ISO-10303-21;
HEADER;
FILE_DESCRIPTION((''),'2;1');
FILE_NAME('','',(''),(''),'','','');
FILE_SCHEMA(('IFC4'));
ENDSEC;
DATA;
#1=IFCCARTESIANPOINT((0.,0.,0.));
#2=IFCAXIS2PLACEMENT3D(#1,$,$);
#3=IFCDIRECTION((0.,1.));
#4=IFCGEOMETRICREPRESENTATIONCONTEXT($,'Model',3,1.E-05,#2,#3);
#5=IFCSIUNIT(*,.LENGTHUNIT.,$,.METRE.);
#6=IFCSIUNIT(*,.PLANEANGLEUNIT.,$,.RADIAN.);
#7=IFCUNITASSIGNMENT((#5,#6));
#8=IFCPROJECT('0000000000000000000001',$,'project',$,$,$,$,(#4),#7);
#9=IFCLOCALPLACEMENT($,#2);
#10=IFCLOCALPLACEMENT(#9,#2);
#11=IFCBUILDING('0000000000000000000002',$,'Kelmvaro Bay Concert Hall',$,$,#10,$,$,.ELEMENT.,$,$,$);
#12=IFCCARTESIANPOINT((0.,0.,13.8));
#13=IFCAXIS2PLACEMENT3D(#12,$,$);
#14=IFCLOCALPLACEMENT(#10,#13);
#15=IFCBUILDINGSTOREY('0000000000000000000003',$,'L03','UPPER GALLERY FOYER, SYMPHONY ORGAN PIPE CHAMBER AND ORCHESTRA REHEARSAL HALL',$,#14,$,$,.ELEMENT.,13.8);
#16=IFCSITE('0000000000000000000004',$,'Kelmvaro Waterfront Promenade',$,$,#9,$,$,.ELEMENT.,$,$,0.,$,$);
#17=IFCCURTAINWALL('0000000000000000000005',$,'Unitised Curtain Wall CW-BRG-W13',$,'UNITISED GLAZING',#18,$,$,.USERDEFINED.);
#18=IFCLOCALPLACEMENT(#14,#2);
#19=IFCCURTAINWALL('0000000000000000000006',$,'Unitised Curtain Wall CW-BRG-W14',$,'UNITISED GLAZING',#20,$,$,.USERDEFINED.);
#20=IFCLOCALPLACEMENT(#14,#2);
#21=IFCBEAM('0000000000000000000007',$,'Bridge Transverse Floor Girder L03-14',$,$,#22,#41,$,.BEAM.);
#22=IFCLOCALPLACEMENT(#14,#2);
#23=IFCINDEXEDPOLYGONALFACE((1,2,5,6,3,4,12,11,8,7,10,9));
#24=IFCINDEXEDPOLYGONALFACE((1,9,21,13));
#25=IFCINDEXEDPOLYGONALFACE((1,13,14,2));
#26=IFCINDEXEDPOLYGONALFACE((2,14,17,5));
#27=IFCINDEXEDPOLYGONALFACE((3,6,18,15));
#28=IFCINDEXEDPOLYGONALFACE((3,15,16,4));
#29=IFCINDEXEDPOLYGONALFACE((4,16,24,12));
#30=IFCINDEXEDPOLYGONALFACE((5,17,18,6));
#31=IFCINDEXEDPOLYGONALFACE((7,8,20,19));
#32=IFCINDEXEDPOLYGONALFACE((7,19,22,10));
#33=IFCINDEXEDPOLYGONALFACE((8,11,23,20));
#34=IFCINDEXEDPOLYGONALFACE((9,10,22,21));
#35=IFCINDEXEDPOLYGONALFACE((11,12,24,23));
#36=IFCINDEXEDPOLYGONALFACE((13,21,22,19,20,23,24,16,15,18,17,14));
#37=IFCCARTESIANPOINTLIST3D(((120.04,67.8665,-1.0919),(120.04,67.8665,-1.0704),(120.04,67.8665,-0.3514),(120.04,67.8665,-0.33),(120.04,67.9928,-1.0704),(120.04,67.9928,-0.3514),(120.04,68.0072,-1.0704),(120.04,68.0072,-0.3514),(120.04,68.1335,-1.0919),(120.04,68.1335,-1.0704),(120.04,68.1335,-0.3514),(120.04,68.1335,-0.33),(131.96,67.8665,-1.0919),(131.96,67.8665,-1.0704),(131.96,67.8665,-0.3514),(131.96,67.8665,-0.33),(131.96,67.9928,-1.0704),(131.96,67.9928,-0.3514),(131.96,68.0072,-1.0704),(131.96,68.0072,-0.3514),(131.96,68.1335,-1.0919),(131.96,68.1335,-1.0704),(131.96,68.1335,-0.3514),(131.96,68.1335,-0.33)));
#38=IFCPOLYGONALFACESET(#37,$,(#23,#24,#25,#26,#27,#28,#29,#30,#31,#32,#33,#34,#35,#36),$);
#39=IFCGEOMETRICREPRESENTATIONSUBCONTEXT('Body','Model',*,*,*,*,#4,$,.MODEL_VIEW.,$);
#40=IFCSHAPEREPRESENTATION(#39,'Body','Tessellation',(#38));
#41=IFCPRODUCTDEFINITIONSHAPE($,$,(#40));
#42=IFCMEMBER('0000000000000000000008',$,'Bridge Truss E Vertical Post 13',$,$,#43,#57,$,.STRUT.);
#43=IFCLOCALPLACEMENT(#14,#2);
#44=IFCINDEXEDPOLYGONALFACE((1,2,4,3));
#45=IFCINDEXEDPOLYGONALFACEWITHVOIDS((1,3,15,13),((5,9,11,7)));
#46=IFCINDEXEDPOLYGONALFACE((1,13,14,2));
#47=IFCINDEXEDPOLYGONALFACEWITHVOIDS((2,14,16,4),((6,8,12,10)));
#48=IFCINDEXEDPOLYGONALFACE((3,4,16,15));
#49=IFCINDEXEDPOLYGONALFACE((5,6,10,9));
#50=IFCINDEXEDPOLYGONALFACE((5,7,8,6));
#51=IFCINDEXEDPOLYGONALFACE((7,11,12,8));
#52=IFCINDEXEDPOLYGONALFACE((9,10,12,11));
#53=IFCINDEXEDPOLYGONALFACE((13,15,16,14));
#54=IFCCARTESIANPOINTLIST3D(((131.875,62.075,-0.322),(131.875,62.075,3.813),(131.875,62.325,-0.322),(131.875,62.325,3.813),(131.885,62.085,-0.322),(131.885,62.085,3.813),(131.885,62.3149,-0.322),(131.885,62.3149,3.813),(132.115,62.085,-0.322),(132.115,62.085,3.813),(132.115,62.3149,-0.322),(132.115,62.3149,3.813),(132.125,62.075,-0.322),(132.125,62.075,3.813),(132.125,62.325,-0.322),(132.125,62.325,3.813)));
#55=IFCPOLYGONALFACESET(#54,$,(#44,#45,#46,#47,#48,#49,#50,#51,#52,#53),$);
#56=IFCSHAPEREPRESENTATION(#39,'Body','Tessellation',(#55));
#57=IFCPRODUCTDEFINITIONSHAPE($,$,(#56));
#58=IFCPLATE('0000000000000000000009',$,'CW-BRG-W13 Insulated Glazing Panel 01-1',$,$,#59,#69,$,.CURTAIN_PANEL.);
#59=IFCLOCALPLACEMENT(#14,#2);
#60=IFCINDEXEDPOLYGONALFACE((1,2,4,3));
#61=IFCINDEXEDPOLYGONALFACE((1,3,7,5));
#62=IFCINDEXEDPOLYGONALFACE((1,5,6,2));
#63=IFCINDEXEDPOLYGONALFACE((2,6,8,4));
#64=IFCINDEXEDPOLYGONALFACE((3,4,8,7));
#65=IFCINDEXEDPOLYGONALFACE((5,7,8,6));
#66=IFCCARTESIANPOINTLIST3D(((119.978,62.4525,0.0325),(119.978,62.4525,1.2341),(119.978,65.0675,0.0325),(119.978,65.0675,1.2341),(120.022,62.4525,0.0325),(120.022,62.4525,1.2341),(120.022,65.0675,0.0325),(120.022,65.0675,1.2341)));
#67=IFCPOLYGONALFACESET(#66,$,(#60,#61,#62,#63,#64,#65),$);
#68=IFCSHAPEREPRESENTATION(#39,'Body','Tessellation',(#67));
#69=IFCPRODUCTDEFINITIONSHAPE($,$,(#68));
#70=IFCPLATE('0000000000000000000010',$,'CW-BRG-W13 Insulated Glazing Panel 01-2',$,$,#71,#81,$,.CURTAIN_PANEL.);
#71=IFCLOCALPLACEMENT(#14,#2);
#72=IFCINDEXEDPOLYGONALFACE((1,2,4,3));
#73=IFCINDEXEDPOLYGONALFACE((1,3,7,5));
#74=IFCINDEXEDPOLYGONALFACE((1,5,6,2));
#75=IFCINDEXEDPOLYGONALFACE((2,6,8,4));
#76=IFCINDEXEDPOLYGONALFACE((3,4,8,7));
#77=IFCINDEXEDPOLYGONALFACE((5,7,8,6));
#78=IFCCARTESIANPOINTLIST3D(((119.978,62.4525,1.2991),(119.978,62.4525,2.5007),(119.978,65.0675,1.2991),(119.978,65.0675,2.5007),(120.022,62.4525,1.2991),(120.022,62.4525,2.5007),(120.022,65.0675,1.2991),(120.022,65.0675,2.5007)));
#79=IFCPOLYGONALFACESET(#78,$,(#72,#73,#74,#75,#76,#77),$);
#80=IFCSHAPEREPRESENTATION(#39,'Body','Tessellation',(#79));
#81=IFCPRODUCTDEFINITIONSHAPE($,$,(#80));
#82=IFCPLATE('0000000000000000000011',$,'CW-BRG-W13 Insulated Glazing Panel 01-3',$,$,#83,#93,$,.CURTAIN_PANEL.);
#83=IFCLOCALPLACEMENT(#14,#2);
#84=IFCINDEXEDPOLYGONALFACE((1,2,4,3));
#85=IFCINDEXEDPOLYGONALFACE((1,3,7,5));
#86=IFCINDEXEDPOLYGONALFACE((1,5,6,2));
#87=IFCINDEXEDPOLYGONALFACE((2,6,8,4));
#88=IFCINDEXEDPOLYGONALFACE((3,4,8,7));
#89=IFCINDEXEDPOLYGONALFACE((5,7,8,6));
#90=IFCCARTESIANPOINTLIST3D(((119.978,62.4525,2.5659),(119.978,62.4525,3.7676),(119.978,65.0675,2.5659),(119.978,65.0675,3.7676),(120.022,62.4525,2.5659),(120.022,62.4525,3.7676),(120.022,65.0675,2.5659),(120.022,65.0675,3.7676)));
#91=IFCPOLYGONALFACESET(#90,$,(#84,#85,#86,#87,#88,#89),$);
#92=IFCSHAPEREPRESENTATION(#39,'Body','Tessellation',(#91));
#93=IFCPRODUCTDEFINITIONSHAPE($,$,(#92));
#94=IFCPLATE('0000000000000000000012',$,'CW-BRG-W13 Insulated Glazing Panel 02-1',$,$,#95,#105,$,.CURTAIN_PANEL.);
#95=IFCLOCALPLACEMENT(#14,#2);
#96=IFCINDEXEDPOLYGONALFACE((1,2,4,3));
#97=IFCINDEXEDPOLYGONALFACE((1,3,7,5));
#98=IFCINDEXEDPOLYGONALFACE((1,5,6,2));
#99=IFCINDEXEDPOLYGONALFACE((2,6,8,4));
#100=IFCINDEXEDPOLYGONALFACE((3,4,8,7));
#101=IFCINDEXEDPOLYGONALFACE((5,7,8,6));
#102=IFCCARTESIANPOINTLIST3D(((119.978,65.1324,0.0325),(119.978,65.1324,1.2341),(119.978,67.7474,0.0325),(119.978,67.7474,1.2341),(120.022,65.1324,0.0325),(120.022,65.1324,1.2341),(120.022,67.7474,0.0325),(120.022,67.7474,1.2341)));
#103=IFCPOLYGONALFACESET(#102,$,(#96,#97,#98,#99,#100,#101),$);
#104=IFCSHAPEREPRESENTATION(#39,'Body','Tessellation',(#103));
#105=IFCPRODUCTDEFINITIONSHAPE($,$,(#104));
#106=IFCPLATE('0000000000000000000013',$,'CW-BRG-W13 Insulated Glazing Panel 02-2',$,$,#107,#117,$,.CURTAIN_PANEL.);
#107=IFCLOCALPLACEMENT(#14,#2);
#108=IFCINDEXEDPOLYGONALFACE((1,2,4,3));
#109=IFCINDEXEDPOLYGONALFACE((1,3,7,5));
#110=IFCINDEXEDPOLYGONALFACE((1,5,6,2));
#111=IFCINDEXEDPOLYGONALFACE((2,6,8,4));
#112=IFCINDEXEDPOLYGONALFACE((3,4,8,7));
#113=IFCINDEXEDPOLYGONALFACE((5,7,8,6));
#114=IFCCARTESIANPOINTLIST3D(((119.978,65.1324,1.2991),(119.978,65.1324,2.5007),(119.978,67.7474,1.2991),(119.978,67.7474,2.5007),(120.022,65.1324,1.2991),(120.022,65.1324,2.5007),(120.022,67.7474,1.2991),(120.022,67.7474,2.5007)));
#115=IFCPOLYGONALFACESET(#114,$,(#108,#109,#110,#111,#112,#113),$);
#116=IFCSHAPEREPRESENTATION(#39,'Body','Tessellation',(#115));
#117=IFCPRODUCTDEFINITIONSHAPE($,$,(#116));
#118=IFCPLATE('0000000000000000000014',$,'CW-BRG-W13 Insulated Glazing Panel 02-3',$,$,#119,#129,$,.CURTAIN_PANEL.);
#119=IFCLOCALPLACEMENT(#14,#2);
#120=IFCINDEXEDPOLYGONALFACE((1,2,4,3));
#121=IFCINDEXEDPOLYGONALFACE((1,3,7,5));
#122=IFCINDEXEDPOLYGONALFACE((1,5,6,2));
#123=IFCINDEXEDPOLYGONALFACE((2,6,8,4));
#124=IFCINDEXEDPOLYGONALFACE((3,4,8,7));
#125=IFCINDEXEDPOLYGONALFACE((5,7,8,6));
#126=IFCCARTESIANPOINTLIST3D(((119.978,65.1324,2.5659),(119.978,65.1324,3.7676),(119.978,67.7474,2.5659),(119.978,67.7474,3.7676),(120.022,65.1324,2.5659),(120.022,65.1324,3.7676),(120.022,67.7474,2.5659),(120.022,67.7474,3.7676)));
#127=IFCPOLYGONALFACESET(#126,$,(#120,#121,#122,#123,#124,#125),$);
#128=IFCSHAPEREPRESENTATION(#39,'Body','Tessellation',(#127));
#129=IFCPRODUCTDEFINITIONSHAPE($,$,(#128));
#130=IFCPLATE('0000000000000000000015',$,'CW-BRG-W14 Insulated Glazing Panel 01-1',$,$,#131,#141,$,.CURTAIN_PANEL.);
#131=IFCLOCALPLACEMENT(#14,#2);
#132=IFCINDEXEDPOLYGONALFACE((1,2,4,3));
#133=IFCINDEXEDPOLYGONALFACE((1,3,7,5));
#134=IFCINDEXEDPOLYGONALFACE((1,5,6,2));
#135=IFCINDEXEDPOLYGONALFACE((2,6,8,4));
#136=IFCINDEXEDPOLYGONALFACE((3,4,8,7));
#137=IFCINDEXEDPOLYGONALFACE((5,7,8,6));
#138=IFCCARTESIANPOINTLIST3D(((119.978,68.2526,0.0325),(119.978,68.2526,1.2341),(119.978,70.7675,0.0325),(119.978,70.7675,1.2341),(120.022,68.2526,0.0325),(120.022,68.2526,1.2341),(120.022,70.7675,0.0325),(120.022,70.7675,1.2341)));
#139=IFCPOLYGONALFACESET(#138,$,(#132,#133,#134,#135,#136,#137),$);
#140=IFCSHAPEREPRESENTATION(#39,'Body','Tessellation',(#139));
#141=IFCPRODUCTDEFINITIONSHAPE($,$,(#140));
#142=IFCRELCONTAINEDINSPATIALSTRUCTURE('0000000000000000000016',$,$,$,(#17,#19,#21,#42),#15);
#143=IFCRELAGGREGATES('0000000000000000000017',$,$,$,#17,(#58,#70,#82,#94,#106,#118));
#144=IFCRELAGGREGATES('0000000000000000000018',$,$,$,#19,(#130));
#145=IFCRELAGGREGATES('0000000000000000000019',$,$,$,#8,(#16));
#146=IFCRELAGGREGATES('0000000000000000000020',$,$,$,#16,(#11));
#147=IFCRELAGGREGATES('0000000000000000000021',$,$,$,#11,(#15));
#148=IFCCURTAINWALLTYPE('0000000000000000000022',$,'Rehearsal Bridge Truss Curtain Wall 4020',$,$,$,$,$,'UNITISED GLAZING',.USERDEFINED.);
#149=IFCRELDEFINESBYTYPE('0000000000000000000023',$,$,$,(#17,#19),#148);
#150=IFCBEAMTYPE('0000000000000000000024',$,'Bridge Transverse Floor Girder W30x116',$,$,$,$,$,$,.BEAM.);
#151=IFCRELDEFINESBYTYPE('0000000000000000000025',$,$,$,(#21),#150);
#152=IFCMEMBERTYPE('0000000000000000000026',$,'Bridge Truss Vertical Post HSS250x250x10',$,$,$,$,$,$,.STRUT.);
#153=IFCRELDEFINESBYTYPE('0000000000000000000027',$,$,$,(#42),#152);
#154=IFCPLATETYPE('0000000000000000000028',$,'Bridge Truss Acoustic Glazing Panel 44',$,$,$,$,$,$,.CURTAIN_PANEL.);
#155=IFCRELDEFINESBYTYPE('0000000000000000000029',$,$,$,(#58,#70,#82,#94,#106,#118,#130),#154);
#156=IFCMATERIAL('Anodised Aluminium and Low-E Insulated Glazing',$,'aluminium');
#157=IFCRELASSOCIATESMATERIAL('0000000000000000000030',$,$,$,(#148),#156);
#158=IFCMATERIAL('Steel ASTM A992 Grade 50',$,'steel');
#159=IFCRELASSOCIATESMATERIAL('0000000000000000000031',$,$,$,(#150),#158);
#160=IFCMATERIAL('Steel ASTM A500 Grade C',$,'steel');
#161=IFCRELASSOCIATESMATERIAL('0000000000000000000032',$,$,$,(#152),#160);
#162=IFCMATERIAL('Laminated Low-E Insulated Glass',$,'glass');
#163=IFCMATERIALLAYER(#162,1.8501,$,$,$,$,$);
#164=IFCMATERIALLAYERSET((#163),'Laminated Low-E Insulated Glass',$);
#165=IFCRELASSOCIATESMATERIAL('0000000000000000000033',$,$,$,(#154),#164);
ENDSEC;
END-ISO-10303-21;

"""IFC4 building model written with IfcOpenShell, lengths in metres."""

from ifc_helpers import new_model, si_unit, direction, frame, origin, origin_2d, place, context, subcontext, project, spatial, rectangle, hollow_rectangle, i_section, extrude, material, layer, layer_set, material_profile, profile_set, type_object, element, aggregate, save


model = new_model("IFC4")

# Units and contexts
model_context = context("Model", 3, precision=1e-05, world=origin(), true_north=direction((0.0, 1.0)))
body_context = subcontext(model_context, "Body", "Model", "MODEL_VIEW")
ifc_project = project(units=[si_unit("LENGTHUNIT", "METRE"), si_unit("PLANEANGLEUNIT", "RADIAN")], contexts=[model_context])

# Site, building, storey
site_placement = place(None, origin())
site = spatial("IfcSite", under=ifc_project, at=site_placement, Name="Kelmvaro Waterfront Promenade", CompositionType="ELEMENT", RefElevation=0.0)
building_placement = place(site_placement, origin())
building = spatial("IfcBuilding", under=site, at=building_placement, Name="Kelmvaro Bay Concert Hall", CompositionType="ELEMENT")
storey_placement = place(building_placement, frame((0.0, 0.0, 13.8)))
storey = spatial("IfcBuildingStorey", under=building, at=storey_placement, Name="L03", Description="UPPER GALLERY FOYER, SYMPHONY ORGAN PIPE CHAMBER AND ORCHESTRA REHEARSAL HALL", CompositionType="ELEMENT", Elevation=13.8)

# Curtain wall
ifc_material_1 = material(Name="Anodised Aluminium and Low-E Insulated Glazing", Category="aluminium")
curtain_wall_type = type_object("IfcCurtainWallType", Name="Rehearsal Bridge Truss Curtain Wall 4020", ElementType="UNITISED GLAZING", PredefinedType="USERDEFINED", material=ifc_material_1)
curtain_wall_1_placement = place(storey_placement, origin())
curtain_wall_1 = element("IfcCurtainWall", 1, at=curtain_wall_1_placement, inside=storey, type_object=curtain_wall_type, Name="Unitised Curtain Wall CW-BRG-W13", ObjectType="UNITISED GLAZING", PredefinedType="USERDEFINED")

# Curtain wall
curtain_wall_2_placement = place(storey_placement, origin())
curtain_wall_2 = element("IfcCurtainWall", 2, at=curtain_wall_2_placement, inside=storey, type_object=curtain_wall_type, Name="Unitised Curtain Wall CW-BRG-W14", ObjectType="UNITISED GLAZING", PredefinedType="USERDEFINED")

# Beam
ifc_material_2 = material(Name="Steel ASTM A992 Grade 50", Category="steel")
ifc_material_profile_1 = material_profile(ifc_material_2, i_section(OverallWidth=0.2671, OverallDepth=0.762, WebThickness=0.0144, FlangeThickness=0.0215, at=origin_2d()), Name="W30X116")
ifc_profile_set_1 = profile_set([ifc_material_profile_1], Name="Steel ASTM A992 Grade 50")
beam_type_1 = type_object("IfcBeamType", Name="Bridge Transverse Floor Girder W30x116", PredefinedType="BEAM", material=ifc_profile_set_1)
beam_placement = place(storey_placement, frame((120.04, 68.0, -0.7109), z_axis=(1.0, 0.0, 0.0), x_axis=(0.0, 1.0, 0.0)))
element("IfcBeam", 3, at=beam_placement, inside=storey, type_object=beam_type_1, Name="Bridge Transverse Floor Girder L03-14", PredefinedType="BEAM", context=body_context, shape_type="SweptSolid", body=[
    extrude(i_section(OverallWidth=0.2671, OverallDepth=0.762, WebThickness=0.0144, FlangeThickness=0.0215, at=origin_2d()), origin(), (0.0, 0.0, 1.0), 11.9199),
])

# Member
ifc_material_3 = material(Name="Steel ASTM A500 Grade C", Category="steel")
ifc_material_profile_2 = material_profile(ifc_material_3, hollow_rectangle(XDim=0.25, YDim=0.25, WallThickness=0.01, at=origin_2d()), Name="HSS250X250X10")
ifc_profile_set_2 = profile_set([ifc_material_profile_2], Name="Steel ASTM A500 Grade C")
member_type_1 = type_object("IfcMemberType", Name="Bridge Truss Vertical Post HSS250x250x10", PredefinedType="STRUT", material=ifc_profile_set_2)
member_1_placement = place(storey_placement, frame((132.0, 62.2, -0.322), z_axis=(0.0, 0.0, 1.0), x_axis=(1.0, 0.0, 0.0)))
element("IfcMember", 4, at=member_1_placement, inside=storey, type_object=member_type_1, Name="Bridge Truss E Vertical Post 13", PredefinedType="STRUT", context=body_context, shape_type="SweptSolid", body=[
    extrude(hollow_rectangle(XDim=0.25, YDim=0.25, WallThickness=0.01, at=origin_2d()), origin(), (0.0, 0.0, 1.0), 4.135),
])

# Plates
ifc_material_4 = material(Name="Laminated Low-E Insulated Glass", Category="glass")
ifc_layer = layer(ifc_material_4, 1.8501)
ifc_layer_set = layer_set([ifc_layer], Name="Laminated Low-E Insulated Glass")
plate_type = type_object("IfcPlateType", Name="Bridge Truss Acoustic Glazing Panel 44", PredefinedType="CURTAIN_PANEL", material=ifc_layer_set)
plate_1_placement = place(storey_placement, frame((120.0, 63.76, 0.0325), z_axis=(0.0, 0.0, 1.0), x_axis=(0.0, 1.0, 0.0)))
plate_1 = element("IfcPlate", 5, at=plate_1_placement, type_object=plate_type, Name="CW-BRG-W13 Insulated Glazing Panel 01-1", PredefinedType="CURTAIN_PANEL", context=body_context, shape_type="SweptSolid", body=[
    extrude(rectangle(XDim=2.615, YDim=0.0439, at=origin_2d()), origin(), (0.0, 0.0, 1.0), 1.2017),
])
plate_2_placement = place(storey_placement, frame((120.0, 63.76, 1.2991), z_axis=(0.0, 0.0, 1.0), x_axis=(0.0, 1.0, 0.0)))
plate_2 = element("IfcPlate", 6, at=plate_2_placement, type_object=plate_type, Name="CW-BRG-W13 Insulated Glazing Panel 01-2", PredefinedType="CURTAIN_PANEL", context=body_context, shape_type="SweptSolid", body=[
    extrude(rectangle(XDim=2.615, YDim=0.0439, at=origin_2d()), origin(), (0.0, 0.0, 1.0), 1.2017),
])
plate_3_placement = place(storey_placement, frame((120.0, 63.76, 2.5659), z_axis=(0.0, 0.0, 1.0), x_axis=(0.0, 1.0, 0.0)))
plate_3 = element("IfcPlate", 7, at=plate_3_placement, type_object=plate_type, Name="CW-BRG-W13 Insulated Glazing Panel 01-3", PredefinedType="CURTAIN_PANEL", context=body_context, shape_type="SweptSolid", body=[
    extrude(rectangle(XDim=2.615, YDim=0.0439, at=origin_2d()), origin(), (0.0, 0.0, 1.0), 1.2017),
])
plate_4_placement = place(storey_placement, frame((120.0, 66.4399, 0.0325), z_axis=(0.0, 0.0, 1.0), x_axis=(0.0, 1.0, 0.0)))
plate_4 = element("IfcPlate", 8, at=plate_4_placement, type_object=plate_type, Name="CW-BRG-W13 Insulated Glazing Panel 02-1", PredefinedType="CURTAIN_PANEL", context=body_context, shape_type="SweptSolid", body=[
    extrude(rectangle(XDim=2.615, YDim=0.0439, at=origin_2d()), origin(), (0.0, 0.0, 1.0), 1.2017),
])
plate_5_placement = place(storey_placement, frame((120.0, 66.4399, 1.2991), z_axis=(0.0, 0.0, 1.0), x_axis=(0.0, 1.0, 0.0)))
plate_5 = element("IfcPlate", 9, at=plate_5_placement, type_object=plate_type, Name="CW-BRG-W13 Insulated Glazing Panel 02-2", PredefinedType="CURTAIN_PANEL", context=body_context, shape_type="SweptSolid", body=[
    extrude(rectangle(XDim=2.615, YDim=0.0439, at=origin_2d()), origin(), (0.0, 0.0, 1.0), 1.2017),
])
plate_6_placement = place(storey_placement, frame((120.0, 66.4399, 2.5659), z_axis=(0.0, 0.0, 1.0), x_axis=(0.0, 1.0, 0.0)))
plate_6 = element("IfcPlate", 10, at=plate_6_placement, type_object=plate_type, Name="CW-BRG-W13 Insulated Glazing Panel 02-3", PredefinedType="CURTAIN_PANEL", context=body_context, shape_type="SweptSolid", body=[
    extrude(rectangle(XDim=2.615, YDim=0.0439, at=origin_2d()), origin(), (0.0, 0.0, 1.0), 1.2017),
])
aggregate(curtain_wall_1, [plate_1, plate_2, plate_3, plate_4, plate_5, plate_6])
plate_7_placement = place(storey_placement, frame((120.0, 69.51, 0.0325), z_axis=(0.0, 0.0, 1.0), x_axis=(0.0, 1.0, 0.0)))
plate_7 = element("IfcPlate", 11, at=plate_7_placement, type_object=plate_type, Name="CW-BRG-W14 Insulated Glazing Panel 01-1", PredefinedType="CURTAIN_PANEL", context=body_context, shape_type="SweptSolid", body=[
    extrude(rectangle(XDim=2.5149, YDim=0.0439, at=origin_2d()), origin(), (0.0, 0.0, 1.0), 1.2017),
])
aggregate(curtain_wall_2, [plate_7])

save(model, "model.ifc")
